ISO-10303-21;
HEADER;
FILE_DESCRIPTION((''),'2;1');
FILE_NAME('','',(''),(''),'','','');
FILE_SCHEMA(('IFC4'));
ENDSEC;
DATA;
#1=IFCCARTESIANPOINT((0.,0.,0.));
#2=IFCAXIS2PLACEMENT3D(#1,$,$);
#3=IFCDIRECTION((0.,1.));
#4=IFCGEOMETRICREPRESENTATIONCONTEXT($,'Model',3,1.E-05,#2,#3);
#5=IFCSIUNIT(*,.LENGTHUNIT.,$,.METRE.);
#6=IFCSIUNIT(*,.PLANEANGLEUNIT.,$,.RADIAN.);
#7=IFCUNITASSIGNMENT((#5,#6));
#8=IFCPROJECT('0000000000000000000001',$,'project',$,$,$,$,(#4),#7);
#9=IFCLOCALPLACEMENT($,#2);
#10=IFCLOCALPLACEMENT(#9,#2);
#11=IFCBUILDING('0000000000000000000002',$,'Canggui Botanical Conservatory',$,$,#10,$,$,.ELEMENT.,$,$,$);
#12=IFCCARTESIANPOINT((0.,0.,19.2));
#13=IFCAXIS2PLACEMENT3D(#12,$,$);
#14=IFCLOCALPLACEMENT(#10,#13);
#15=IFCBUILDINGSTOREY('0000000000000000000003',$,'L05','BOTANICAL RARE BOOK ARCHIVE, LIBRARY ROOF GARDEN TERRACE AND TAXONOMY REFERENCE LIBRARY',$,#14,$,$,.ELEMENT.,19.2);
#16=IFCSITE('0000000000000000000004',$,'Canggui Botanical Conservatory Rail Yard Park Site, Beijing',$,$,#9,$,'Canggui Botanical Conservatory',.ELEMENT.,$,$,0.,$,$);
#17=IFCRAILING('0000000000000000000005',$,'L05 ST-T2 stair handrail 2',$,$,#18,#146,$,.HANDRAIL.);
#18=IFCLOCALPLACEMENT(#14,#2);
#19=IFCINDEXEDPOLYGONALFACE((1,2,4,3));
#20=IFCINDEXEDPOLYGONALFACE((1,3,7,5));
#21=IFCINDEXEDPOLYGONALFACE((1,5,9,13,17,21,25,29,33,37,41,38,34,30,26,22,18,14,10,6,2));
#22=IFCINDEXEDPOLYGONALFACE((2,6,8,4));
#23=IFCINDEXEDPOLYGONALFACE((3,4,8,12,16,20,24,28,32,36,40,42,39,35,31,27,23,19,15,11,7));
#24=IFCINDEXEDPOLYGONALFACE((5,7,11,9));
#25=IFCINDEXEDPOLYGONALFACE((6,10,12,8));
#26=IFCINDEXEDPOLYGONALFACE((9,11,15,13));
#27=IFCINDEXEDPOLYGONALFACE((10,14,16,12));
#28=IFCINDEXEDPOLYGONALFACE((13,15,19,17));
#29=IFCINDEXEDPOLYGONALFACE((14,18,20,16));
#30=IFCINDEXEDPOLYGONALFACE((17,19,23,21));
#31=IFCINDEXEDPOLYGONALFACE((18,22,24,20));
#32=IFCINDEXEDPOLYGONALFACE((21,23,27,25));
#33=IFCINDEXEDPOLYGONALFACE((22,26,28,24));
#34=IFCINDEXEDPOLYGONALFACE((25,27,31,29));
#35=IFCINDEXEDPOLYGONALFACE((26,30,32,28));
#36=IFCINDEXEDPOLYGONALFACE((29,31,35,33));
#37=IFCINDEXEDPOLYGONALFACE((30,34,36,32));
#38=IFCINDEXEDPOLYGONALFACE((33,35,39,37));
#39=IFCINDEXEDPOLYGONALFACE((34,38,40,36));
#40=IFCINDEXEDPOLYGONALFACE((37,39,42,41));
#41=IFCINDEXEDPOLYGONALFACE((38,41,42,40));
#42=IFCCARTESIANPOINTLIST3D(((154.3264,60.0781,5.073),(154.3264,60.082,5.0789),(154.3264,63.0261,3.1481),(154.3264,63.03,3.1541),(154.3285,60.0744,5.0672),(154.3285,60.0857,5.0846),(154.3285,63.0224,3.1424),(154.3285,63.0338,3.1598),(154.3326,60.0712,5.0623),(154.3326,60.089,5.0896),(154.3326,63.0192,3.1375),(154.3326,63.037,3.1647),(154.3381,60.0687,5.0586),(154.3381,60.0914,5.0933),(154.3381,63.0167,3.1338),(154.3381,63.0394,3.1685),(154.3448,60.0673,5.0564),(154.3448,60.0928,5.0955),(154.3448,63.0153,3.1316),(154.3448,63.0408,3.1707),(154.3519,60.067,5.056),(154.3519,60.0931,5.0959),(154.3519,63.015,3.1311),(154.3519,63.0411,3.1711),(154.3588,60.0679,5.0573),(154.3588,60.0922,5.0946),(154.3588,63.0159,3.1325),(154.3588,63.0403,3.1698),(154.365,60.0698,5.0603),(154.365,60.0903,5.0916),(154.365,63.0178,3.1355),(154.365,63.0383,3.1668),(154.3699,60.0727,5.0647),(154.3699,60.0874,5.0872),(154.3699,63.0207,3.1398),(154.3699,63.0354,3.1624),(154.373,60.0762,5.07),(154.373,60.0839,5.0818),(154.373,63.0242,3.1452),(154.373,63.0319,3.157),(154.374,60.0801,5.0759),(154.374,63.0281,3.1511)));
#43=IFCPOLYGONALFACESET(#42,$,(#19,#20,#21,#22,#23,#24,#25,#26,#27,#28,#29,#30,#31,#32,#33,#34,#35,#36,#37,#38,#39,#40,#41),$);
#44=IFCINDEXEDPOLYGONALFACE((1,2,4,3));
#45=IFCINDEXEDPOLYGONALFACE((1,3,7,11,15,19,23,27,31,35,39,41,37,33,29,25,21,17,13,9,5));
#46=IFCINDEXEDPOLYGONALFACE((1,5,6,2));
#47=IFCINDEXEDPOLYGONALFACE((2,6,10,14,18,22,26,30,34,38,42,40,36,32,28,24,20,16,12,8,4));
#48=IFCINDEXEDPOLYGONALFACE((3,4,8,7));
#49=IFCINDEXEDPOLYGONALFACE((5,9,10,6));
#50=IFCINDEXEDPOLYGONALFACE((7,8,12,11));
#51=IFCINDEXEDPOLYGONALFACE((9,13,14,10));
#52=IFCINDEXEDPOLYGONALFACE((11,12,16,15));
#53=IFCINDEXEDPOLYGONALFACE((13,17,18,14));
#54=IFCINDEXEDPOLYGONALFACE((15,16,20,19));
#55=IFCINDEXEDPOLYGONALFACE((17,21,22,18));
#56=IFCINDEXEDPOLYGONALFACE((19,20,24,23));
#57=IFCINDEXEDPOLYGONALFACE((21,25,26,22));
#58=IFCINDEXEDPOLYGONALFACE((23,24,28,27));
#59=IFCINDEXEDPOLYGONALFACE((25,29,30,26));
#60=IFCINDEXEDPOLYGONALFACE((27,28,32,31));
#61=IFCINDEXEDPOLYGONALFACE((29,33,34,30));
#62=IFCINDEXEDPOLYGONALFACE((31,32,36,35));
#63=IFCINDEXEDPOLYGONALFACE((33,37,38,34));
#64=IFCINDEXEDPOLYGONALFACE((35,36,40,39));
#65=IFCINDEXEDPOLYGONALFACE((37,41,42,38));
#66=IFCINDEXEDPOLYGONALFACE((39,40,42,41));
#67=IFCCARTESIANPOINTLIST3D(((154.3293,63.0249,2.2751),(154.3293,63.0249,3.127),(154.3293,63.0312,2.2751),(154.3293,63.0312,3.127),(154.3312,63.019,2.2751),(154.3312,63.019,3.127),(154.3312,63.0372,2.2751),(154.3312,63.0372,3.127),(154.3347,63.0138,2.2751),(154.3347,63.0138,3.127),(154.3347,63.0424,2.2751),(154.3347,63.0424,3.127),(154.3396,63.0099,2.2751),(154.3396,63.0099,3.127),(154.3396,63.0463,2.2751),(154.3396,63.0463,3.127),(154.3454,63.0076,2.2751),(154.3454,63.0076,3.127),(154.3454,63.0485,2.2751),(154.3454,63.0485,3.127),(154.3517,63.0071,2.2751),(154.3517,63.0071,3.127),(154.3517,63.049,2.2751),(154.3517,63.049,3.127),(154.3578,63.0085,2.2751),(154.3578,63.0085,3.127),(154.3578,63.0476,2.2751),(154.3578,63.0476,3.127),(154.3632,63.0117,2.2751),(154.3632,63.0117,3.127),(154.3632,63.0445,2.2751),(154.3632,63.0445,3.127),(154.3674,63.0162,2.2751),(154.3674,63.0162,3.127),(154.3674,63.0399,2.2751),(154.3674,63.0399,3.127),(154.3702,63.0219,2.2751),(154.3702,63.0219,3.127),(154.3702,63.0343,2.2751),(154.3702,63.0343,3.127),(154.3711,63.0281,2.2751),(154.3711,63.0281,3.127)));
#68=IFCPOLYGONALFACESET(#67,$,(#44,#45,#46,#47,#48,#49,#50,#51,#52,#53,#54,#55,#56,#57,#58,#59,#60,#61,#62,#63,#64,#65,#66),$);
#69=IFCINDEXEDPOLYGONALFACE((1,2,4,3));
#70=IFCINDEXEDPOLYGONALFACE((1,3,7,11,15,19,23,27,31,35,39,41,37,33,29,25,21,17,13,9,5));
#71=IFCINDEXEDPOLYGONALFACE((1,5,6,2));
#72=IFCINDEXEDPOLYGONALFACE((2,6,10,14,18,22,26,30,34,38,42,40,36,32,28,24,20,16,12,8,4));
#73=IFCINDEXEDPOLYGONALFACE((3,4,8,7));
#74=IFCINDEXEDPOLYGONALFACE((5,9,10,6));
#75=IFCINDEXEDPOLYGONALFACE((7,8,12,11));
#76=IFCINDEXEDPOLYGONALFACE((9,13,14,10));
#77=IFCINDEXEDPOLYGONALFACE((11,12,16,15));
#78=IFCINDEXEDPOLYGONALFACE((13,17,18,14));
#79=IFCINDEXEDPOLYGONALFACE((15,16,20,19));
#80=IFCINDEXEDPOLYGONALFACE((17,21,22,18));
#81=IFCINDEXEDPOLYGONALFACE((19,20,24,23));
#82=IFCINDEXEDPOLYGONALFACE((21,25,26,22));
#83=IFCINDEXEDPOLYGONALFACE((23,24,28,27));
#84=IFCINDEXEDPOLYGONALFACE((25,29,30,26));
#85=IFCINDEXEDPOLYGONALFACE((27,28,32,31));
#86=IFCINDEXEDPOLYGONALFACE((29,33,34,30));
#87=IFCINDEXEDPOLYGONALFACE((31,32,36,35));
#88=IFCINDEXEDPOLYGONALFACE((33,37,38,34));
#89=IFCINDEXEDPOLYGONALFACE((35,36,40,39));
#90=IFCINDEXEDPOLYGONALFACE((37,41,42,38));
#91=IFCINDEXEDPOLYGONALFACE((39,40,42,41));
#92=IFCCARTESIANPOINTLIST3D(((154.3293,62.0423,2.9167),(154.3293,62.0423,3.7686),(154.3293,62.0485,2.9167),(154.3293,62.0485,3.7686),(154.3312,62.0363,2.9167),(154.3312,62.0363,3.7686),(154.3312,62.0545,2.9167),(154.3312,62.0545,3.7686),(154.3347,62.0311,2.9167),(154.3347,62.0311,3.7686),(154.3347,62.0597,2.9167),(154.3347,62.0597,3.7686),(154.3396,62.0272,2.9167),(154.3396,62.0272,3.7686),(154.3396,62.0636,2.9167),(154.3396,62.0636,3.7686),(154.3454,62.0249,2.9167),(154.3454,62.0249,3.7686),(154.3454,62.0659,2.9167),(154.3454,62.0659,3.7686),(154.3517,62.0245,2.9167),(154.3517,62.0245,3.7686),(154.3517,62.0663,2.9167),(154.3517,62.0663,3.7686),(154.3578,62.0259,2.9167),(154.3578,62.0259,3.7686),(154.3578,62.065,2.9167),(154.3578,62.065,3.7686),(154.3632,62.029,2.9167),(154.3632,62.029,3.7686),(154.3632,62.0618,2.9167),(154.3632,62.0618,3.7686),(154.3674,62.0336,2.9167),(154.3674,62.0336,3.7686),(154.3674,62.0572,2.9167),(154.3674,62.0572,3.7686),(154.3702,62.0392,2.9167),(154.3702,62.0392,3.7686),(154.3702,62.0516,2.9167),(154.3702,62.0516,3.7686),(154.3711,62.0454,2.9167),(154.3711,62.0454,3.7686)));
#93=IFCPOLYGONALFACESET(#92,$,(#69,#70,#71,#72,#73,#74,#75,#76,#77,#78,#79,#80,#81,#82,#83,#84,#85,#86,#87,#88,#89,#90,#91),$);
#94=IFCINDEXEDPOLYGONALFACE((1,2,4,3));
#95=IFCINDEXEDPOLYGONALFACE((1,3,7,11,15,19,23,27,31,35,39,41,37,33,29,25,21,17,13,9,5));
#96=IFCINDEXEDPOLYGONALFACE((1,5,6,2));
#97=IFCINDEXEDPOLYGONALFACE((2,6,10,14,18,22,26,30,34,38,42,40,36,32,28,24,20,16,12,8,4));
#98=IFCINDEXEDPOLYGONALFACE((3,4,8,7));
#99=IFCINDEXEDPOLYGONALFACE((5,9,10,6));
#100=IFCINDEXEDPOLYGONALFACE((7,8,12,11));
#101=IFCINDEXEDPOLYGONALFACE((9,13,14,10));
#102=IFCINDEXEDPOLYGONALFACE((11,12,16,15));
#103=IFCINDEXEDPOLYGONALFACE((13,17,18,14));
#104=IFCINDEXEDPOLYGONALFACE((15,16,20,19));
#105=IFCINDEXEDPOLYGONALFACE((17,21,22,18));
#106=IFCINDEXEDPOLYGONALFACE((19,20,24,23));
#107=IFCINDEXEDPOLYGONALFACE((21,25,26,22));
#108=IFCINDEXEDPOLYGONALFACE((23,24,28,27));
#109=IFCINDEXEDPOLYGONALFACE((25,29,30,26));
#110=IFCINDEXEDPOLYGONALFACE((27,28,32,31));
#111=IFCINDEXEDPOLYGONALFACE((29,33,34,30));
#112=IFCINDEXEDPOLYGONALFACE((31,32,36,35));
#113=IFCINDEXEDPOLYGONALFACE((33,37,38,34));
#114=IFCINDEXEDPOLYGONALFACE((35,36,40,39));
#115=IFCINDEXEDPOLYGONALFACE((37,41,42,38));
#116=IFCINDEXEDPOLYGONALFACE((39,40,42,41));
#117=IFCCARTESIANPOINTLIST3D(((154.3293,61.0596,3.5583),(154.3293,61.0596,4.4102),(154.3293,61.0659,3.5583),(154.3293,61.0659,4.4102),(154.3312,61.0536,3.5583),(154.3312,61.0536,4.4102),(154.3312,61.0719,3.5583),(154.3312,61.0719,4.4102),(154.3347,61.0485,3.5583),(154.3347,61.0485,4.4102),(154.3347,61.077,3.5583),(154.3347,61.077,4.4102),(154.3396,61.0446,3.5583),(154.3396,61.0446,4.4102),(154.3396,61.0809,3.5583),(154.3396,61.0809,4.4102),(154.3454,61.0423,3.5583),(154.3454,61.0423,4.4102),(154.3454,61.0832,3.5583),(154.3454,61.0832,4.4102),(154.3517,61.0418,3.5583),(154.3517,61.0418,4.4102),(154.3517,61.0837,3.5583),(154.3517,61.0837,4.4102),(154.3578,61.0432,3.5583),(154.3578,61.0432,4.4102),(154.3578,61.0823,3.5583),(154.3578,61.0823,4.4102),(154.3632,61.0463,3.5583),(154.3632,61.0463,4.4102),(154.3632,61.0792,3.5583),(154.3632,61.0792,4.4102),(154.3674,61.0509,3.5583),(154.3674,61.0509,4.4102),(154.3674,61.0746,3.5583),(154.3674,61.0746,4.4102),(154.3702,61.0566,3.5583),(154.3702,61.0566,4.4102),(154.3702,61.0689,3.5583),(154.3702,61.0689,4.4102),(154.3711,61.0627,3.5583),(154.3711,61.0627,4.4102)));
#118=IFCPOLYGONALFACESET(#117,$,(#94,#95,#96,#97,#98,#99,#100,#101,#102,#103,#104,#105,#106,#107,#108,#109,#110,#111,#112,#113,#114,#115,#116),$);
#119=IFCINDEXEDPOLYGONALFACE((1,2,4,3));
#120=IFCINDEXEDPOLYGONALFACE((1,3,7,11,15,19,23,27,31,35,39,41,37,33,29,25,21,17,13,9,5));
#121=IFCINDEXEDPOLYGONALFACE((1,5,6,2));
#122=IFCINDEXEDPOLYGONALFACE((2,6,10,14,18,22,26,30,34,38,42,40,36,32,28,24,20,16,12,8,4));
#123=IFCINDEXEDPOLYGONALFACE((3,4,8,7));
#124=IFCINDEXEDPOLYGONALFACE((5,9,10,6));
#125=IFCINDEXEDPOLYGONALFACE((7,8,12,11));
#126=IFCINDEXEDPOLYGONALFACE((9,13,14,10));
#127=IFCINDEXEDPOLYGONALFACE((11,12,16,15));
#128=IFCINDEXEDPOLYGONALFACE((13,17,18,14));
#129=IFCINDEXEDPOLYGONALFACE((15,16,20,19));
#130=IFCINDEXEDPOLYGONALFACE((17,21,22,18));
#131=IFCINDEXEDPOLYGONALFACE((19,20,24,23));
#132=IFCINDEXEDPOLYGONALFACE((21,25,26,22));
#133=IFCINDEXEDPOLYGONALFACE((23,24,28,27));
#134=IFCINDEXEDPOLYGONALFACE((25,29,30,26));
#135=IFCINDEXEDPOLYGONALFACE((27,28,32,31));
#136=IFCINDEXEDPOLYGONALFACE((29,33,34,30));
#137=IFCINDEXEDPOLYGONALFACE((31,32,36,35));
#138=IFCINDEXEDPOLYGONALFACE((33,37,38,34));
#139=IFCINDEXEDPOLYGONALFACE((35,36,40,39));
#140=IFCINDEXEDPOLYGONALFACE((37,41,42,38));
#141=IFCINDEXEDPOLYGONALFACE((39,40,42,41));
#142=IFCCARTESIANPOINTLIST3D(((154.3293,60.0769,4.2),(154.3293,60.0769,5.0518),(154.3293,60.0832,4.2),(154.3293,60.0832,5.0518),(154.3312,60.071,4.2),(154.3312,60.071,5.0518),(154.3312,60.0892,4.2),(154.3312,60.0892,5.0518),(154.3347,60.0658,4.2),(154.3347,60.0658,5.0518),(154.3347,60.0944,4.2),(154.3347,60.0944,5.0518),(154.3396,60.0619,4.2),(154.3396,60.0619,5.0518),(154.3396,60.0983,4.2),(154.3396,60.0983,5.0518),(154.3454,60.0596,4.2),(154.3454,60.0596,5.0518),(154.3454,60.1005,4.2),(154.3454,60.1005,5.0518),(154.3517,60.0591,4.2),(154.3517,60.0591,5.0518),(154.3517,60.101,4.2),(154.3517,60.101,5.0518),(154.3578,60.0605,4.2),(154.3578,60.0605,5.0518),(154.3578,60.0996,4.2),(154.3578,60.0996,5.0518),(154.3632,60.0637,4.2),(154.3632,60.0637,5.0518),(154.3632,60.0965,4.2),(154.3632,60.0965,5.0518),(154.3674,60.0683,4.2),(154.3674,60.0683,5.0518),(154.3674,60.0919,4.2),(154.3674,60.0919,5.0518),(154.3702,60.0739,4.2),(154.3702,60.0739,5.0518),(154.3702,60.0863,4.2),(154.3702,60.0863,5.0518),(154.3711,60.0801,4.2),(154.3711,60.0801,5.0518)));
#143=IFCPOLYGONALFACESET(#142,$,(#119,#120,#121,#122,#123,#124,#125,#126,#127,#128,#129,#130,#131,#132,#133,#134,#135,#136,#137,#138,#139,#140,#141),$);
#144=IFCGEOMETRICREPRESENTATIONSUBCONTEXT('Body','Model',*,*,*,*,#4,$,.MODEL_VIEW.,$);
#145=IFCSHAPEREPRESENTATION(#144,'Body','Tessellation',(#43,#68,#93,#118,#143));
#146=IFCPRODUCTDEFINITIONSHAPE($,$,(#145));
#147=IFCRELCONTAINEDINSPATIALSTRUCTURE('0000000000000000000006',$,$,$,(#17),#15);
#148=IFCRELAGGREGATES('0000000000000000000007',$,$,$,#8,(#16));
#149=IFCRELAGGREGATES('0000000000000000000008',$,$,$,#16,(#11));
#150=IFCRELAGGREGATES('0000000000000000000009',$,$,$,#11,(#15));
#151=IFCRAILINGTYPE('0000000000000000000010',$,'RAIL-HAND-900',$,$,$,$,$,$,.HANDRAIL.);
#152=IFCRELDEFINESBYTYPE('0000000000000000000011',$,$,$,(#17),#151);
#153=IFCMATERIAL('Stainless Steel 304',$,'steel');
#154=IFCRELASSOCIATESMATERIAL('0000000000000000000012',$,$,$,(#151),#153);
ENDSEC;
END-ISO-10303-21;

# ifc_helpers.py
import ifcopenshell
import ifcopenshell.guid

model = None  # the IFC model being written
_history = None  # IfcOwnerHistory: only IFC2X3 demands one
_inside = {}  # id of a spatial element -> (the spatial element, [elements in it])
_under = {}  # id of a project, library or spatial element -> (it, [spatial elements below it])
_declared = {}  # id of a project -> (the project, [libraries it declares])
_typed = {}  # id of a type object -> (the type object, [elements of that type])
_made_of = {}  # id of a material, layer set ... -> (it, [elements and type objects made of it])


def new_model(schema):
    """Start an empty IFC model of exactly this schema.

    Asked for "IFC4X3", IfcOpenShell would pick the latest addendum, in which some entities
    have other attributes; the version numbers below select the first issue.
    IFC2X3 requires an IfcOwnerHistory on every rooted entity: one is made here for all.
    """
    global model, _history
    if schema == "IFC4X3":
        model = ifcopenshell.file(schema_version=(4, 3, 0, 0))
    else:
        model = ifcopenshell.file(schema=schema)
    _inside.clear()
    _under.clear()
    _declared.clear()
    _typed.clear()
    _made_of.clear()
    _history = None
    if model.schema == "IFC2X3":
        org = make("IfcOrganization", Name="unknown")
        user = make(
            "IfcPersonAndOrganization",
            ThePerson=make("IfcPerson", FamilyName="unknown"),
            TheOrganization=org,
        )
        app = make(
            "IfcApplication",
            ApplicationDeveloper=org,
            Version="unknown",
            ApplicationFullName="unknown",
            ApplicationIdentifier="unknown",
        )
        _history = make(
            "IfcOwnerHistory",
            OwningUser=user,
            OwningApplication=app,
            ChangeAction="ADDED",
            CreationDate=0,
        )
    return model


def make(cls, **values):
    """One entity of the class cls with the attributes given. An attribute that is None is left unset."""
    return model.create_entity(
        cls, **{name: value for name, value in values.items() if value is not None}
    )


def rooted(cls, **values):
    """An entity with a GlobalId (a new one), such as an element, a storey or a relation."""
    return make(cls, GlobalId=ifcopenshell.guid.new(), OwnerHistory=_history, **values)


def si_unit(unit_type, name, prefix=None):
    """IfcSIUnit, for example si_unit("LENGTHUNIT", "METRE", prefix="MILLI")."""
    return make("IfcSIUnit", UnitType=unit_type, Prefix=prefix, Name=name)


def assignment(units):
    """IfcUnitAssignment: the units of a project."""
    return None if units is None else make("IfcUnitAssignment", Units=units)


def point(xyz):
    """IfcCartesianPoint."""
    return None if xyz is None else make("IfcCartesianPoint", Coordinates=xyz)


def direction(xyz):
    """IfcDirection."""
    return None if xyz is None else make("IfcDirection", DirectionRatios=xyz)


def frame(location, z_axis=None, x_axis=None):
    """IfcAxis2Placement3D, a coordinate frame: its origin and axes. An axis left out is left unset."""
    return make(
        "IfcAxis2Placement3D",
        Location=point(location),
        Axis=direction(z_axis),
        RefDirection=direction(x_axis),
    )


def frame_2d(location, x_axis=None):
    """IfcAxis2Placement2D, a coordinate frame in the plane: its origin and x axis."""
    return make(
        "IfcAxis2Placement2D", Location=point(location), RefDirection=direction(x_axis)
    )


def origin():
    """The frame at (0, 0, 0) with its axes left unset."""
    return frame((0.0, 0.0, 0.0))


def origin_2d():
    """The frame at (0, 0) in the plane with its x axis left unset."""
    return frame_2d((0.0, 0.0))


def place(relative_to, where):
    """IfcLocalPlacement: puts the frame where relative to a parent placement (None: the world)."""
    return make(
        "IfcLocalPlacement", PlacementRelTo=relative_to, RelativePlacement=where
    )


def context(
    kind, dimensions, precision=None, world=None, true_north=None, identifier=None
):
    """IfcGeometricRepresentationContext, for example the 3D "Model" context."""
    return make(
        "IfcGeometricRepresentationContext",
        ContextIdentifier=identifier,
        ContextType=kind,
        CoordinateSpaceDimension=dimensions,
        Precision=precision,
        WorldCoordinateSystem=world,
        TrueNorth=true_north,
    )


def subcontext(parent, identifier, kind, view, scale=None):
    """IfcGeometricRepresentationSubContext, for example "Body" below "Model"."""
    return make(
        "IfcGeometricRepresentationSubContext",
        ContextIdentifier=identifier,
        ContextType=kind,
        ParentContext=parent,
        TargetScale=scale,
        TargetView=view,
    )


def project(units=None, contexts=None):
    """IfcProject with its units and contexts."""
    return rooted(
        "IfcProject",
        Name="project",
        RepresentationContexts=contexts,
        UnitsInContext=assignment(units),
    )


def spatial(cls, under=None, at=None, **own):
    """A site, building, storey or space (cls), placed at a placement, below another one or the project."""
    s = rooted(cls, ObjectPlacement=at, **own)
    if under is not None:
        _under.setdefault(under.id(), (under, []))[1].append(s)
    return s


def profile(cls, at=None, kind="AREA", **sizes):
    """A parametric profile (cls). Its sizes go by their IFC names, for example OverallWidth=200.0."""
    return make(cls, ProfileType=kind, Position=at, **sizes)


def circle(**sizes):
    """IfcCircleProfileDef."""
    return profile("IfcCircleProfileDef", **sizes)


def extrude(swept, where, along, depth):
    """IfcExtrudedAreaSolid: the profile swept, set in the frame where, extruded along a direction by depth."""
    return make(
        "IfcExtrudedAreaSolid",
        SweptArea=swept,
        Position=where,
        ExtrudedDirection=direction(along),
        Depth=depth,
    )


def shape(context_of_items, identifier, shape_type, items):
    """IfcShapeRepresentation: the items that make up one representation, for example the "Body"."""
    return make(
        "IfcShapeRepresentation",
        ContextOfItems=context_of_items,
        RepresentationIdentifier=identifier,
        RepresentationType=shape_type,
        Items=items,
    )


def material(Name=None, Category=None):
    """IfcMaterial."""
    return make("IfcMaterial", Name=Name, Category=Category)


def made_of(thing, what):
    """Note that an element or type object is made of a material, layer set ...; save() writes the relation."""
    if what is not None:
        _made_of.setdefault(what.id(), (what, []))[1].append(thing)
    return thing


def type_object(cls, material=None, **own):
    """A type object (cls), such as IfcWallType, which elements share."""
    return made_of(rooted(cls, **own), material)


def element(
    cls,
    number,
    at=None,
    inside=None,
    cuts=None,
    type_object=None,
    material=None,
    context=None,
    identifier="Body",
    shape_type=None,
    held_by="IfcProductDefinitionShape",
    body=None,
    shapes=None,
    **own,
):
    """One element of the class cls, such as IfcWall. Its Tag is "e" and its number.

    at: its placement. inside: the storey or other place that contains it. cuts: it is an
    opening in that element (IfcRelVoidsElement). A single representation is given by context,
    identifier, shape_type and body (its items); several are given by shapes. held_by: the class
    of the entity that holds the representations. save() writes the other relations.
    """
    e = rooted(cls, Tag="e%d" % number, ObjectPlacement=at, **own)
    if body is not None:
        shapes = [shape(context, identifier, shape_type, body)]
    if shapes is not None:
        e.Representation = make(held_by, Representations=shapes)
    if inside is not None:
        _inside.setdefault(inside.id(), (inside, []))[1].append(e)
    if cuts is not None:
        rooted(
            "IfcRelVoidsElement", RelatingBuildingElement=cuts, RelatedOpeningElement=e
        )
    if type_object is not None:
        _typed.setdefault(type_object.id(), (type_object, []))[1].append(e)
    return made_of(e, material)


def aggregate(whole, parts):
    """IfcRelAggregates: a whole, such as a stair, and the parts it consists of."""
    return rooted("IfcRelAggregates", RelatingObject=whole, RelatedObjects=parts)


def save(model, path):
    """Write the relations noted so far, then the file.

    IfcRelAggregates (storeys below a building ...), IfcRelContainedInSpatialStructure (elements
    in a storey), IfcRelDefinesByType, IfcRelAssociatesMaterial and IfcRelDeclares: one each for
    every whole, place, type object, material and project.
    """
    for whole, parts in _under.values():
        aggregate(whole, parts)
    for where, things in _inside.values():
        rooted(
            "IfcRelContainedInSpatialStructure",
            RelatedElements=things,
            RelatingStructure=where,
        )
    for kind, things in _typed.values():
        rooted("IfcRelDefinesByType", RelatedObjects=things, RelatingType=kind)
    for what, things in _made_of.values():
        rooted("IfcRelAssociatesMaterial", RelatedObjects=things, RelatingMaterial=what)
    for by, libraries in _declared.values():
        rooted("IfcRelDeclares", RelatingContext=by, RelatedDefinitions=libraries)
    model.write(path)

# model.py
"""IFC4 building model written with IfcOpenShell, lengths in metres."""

from ifc_helpers import new_model, si_unit, direction, frame, origin, origin_2d, place, context, subcontext, project, spatial, circle, extrude, material, type_object, element, save


model = new_model("IFC4")

# Units and contexts
model_context = context("Model", 3, precision=1e-05, world=origin(), true_north=direction((0.0, 1.0)))
body_context = subcontext(model_context, "Body", "Model", "MODEL_VIEW")
ifc_project = project(units=[si_unit("LENGTHUNIT", "METRE"), si_unit("PLANEANGLEUNIT", "RADIAN")], contexts=[model_context])

# Site, building, storey
site_placement = place(None, origin())
site = spatial("IfcSite", under=ifc_project, at=site_placement, Name="Canggui Botanical Conservatory Rail Yard Park Site, Beijing", LongName="Canggui Botanical Conservatory", CompositionType="ELEMENT", RefElevation=0.0)
building_placement = place(site_placement, origin())
building = spatial("IfcBuilding", under=site, at=building_placement, Name="Canggui Botanical Conservatory", CompositionType="ELEMENT")
storey_placement = place(building_placement, frame((0.0, 0.0, 19.2)))
storey = spatial("IfcBuildingStorey", under=building, at=storey_placement, Name="L05", Description="BOTANICAL RARE BOOK ARCHIVE, LIBRARY ROOF GARDEN TERRACE AND TAXONOMY REFERENCE LIBRARY", CompositionType="ELEMENT", Elevation=19.2)

# Railing
ifc_material_1 = material(Name="Stainless Steel 304", Category="steel")
railing_type_1 = type_object("IfcRailingType", Name="RAIL-HAND-900", PredefinedType="HANDRAIL", material=ifc_material_1)
railing_1_placement = place(storey_placement, frame((154.3501, 63.0281, 2.2751)))
element("IfcRailing", 1, at=railing_1_placement, inside=storey, type_object=railing_type_1, Name="L05 ST-T2 stair handrail 2", PredefinedType="HANDRAIL", context=body_context, shape_type="SweptSolid", body=[
    extrude(circle(Radius=0.0239, at=origin_2d()), frame((0.0, 0.0, 0.876), z_axis=(0.0, -0.837325, 0.546706), x_axis=(1.0, 0.0, 0.0)), (0.0, 0.0, 1.0), 3.5208),
    extrude(circle(Radius=0.021, at=origin_2d()), origin(), (0.0, 0.0, 1.0), 0.8518),
    extrude(circle(Radius=0.021, at=origin_2d()), frame((0.0, -0.9827, 0.6416)), (0.0, 0.0, 1.0), 0.8518),
    extrude(circle(Radius=0.021, at=origin_2d()), frame((0.0, -1.9653, 1.2832)), (0.0, 0.0, 1.0), 0.8518),
    extrude(circle(Radius=0.021, at=origin_2d()), frame((0.0, -2.948, 1.9248)), (0.0, 0.0, 1.0), 0.8518),
])

save(model, "model.ifc")
